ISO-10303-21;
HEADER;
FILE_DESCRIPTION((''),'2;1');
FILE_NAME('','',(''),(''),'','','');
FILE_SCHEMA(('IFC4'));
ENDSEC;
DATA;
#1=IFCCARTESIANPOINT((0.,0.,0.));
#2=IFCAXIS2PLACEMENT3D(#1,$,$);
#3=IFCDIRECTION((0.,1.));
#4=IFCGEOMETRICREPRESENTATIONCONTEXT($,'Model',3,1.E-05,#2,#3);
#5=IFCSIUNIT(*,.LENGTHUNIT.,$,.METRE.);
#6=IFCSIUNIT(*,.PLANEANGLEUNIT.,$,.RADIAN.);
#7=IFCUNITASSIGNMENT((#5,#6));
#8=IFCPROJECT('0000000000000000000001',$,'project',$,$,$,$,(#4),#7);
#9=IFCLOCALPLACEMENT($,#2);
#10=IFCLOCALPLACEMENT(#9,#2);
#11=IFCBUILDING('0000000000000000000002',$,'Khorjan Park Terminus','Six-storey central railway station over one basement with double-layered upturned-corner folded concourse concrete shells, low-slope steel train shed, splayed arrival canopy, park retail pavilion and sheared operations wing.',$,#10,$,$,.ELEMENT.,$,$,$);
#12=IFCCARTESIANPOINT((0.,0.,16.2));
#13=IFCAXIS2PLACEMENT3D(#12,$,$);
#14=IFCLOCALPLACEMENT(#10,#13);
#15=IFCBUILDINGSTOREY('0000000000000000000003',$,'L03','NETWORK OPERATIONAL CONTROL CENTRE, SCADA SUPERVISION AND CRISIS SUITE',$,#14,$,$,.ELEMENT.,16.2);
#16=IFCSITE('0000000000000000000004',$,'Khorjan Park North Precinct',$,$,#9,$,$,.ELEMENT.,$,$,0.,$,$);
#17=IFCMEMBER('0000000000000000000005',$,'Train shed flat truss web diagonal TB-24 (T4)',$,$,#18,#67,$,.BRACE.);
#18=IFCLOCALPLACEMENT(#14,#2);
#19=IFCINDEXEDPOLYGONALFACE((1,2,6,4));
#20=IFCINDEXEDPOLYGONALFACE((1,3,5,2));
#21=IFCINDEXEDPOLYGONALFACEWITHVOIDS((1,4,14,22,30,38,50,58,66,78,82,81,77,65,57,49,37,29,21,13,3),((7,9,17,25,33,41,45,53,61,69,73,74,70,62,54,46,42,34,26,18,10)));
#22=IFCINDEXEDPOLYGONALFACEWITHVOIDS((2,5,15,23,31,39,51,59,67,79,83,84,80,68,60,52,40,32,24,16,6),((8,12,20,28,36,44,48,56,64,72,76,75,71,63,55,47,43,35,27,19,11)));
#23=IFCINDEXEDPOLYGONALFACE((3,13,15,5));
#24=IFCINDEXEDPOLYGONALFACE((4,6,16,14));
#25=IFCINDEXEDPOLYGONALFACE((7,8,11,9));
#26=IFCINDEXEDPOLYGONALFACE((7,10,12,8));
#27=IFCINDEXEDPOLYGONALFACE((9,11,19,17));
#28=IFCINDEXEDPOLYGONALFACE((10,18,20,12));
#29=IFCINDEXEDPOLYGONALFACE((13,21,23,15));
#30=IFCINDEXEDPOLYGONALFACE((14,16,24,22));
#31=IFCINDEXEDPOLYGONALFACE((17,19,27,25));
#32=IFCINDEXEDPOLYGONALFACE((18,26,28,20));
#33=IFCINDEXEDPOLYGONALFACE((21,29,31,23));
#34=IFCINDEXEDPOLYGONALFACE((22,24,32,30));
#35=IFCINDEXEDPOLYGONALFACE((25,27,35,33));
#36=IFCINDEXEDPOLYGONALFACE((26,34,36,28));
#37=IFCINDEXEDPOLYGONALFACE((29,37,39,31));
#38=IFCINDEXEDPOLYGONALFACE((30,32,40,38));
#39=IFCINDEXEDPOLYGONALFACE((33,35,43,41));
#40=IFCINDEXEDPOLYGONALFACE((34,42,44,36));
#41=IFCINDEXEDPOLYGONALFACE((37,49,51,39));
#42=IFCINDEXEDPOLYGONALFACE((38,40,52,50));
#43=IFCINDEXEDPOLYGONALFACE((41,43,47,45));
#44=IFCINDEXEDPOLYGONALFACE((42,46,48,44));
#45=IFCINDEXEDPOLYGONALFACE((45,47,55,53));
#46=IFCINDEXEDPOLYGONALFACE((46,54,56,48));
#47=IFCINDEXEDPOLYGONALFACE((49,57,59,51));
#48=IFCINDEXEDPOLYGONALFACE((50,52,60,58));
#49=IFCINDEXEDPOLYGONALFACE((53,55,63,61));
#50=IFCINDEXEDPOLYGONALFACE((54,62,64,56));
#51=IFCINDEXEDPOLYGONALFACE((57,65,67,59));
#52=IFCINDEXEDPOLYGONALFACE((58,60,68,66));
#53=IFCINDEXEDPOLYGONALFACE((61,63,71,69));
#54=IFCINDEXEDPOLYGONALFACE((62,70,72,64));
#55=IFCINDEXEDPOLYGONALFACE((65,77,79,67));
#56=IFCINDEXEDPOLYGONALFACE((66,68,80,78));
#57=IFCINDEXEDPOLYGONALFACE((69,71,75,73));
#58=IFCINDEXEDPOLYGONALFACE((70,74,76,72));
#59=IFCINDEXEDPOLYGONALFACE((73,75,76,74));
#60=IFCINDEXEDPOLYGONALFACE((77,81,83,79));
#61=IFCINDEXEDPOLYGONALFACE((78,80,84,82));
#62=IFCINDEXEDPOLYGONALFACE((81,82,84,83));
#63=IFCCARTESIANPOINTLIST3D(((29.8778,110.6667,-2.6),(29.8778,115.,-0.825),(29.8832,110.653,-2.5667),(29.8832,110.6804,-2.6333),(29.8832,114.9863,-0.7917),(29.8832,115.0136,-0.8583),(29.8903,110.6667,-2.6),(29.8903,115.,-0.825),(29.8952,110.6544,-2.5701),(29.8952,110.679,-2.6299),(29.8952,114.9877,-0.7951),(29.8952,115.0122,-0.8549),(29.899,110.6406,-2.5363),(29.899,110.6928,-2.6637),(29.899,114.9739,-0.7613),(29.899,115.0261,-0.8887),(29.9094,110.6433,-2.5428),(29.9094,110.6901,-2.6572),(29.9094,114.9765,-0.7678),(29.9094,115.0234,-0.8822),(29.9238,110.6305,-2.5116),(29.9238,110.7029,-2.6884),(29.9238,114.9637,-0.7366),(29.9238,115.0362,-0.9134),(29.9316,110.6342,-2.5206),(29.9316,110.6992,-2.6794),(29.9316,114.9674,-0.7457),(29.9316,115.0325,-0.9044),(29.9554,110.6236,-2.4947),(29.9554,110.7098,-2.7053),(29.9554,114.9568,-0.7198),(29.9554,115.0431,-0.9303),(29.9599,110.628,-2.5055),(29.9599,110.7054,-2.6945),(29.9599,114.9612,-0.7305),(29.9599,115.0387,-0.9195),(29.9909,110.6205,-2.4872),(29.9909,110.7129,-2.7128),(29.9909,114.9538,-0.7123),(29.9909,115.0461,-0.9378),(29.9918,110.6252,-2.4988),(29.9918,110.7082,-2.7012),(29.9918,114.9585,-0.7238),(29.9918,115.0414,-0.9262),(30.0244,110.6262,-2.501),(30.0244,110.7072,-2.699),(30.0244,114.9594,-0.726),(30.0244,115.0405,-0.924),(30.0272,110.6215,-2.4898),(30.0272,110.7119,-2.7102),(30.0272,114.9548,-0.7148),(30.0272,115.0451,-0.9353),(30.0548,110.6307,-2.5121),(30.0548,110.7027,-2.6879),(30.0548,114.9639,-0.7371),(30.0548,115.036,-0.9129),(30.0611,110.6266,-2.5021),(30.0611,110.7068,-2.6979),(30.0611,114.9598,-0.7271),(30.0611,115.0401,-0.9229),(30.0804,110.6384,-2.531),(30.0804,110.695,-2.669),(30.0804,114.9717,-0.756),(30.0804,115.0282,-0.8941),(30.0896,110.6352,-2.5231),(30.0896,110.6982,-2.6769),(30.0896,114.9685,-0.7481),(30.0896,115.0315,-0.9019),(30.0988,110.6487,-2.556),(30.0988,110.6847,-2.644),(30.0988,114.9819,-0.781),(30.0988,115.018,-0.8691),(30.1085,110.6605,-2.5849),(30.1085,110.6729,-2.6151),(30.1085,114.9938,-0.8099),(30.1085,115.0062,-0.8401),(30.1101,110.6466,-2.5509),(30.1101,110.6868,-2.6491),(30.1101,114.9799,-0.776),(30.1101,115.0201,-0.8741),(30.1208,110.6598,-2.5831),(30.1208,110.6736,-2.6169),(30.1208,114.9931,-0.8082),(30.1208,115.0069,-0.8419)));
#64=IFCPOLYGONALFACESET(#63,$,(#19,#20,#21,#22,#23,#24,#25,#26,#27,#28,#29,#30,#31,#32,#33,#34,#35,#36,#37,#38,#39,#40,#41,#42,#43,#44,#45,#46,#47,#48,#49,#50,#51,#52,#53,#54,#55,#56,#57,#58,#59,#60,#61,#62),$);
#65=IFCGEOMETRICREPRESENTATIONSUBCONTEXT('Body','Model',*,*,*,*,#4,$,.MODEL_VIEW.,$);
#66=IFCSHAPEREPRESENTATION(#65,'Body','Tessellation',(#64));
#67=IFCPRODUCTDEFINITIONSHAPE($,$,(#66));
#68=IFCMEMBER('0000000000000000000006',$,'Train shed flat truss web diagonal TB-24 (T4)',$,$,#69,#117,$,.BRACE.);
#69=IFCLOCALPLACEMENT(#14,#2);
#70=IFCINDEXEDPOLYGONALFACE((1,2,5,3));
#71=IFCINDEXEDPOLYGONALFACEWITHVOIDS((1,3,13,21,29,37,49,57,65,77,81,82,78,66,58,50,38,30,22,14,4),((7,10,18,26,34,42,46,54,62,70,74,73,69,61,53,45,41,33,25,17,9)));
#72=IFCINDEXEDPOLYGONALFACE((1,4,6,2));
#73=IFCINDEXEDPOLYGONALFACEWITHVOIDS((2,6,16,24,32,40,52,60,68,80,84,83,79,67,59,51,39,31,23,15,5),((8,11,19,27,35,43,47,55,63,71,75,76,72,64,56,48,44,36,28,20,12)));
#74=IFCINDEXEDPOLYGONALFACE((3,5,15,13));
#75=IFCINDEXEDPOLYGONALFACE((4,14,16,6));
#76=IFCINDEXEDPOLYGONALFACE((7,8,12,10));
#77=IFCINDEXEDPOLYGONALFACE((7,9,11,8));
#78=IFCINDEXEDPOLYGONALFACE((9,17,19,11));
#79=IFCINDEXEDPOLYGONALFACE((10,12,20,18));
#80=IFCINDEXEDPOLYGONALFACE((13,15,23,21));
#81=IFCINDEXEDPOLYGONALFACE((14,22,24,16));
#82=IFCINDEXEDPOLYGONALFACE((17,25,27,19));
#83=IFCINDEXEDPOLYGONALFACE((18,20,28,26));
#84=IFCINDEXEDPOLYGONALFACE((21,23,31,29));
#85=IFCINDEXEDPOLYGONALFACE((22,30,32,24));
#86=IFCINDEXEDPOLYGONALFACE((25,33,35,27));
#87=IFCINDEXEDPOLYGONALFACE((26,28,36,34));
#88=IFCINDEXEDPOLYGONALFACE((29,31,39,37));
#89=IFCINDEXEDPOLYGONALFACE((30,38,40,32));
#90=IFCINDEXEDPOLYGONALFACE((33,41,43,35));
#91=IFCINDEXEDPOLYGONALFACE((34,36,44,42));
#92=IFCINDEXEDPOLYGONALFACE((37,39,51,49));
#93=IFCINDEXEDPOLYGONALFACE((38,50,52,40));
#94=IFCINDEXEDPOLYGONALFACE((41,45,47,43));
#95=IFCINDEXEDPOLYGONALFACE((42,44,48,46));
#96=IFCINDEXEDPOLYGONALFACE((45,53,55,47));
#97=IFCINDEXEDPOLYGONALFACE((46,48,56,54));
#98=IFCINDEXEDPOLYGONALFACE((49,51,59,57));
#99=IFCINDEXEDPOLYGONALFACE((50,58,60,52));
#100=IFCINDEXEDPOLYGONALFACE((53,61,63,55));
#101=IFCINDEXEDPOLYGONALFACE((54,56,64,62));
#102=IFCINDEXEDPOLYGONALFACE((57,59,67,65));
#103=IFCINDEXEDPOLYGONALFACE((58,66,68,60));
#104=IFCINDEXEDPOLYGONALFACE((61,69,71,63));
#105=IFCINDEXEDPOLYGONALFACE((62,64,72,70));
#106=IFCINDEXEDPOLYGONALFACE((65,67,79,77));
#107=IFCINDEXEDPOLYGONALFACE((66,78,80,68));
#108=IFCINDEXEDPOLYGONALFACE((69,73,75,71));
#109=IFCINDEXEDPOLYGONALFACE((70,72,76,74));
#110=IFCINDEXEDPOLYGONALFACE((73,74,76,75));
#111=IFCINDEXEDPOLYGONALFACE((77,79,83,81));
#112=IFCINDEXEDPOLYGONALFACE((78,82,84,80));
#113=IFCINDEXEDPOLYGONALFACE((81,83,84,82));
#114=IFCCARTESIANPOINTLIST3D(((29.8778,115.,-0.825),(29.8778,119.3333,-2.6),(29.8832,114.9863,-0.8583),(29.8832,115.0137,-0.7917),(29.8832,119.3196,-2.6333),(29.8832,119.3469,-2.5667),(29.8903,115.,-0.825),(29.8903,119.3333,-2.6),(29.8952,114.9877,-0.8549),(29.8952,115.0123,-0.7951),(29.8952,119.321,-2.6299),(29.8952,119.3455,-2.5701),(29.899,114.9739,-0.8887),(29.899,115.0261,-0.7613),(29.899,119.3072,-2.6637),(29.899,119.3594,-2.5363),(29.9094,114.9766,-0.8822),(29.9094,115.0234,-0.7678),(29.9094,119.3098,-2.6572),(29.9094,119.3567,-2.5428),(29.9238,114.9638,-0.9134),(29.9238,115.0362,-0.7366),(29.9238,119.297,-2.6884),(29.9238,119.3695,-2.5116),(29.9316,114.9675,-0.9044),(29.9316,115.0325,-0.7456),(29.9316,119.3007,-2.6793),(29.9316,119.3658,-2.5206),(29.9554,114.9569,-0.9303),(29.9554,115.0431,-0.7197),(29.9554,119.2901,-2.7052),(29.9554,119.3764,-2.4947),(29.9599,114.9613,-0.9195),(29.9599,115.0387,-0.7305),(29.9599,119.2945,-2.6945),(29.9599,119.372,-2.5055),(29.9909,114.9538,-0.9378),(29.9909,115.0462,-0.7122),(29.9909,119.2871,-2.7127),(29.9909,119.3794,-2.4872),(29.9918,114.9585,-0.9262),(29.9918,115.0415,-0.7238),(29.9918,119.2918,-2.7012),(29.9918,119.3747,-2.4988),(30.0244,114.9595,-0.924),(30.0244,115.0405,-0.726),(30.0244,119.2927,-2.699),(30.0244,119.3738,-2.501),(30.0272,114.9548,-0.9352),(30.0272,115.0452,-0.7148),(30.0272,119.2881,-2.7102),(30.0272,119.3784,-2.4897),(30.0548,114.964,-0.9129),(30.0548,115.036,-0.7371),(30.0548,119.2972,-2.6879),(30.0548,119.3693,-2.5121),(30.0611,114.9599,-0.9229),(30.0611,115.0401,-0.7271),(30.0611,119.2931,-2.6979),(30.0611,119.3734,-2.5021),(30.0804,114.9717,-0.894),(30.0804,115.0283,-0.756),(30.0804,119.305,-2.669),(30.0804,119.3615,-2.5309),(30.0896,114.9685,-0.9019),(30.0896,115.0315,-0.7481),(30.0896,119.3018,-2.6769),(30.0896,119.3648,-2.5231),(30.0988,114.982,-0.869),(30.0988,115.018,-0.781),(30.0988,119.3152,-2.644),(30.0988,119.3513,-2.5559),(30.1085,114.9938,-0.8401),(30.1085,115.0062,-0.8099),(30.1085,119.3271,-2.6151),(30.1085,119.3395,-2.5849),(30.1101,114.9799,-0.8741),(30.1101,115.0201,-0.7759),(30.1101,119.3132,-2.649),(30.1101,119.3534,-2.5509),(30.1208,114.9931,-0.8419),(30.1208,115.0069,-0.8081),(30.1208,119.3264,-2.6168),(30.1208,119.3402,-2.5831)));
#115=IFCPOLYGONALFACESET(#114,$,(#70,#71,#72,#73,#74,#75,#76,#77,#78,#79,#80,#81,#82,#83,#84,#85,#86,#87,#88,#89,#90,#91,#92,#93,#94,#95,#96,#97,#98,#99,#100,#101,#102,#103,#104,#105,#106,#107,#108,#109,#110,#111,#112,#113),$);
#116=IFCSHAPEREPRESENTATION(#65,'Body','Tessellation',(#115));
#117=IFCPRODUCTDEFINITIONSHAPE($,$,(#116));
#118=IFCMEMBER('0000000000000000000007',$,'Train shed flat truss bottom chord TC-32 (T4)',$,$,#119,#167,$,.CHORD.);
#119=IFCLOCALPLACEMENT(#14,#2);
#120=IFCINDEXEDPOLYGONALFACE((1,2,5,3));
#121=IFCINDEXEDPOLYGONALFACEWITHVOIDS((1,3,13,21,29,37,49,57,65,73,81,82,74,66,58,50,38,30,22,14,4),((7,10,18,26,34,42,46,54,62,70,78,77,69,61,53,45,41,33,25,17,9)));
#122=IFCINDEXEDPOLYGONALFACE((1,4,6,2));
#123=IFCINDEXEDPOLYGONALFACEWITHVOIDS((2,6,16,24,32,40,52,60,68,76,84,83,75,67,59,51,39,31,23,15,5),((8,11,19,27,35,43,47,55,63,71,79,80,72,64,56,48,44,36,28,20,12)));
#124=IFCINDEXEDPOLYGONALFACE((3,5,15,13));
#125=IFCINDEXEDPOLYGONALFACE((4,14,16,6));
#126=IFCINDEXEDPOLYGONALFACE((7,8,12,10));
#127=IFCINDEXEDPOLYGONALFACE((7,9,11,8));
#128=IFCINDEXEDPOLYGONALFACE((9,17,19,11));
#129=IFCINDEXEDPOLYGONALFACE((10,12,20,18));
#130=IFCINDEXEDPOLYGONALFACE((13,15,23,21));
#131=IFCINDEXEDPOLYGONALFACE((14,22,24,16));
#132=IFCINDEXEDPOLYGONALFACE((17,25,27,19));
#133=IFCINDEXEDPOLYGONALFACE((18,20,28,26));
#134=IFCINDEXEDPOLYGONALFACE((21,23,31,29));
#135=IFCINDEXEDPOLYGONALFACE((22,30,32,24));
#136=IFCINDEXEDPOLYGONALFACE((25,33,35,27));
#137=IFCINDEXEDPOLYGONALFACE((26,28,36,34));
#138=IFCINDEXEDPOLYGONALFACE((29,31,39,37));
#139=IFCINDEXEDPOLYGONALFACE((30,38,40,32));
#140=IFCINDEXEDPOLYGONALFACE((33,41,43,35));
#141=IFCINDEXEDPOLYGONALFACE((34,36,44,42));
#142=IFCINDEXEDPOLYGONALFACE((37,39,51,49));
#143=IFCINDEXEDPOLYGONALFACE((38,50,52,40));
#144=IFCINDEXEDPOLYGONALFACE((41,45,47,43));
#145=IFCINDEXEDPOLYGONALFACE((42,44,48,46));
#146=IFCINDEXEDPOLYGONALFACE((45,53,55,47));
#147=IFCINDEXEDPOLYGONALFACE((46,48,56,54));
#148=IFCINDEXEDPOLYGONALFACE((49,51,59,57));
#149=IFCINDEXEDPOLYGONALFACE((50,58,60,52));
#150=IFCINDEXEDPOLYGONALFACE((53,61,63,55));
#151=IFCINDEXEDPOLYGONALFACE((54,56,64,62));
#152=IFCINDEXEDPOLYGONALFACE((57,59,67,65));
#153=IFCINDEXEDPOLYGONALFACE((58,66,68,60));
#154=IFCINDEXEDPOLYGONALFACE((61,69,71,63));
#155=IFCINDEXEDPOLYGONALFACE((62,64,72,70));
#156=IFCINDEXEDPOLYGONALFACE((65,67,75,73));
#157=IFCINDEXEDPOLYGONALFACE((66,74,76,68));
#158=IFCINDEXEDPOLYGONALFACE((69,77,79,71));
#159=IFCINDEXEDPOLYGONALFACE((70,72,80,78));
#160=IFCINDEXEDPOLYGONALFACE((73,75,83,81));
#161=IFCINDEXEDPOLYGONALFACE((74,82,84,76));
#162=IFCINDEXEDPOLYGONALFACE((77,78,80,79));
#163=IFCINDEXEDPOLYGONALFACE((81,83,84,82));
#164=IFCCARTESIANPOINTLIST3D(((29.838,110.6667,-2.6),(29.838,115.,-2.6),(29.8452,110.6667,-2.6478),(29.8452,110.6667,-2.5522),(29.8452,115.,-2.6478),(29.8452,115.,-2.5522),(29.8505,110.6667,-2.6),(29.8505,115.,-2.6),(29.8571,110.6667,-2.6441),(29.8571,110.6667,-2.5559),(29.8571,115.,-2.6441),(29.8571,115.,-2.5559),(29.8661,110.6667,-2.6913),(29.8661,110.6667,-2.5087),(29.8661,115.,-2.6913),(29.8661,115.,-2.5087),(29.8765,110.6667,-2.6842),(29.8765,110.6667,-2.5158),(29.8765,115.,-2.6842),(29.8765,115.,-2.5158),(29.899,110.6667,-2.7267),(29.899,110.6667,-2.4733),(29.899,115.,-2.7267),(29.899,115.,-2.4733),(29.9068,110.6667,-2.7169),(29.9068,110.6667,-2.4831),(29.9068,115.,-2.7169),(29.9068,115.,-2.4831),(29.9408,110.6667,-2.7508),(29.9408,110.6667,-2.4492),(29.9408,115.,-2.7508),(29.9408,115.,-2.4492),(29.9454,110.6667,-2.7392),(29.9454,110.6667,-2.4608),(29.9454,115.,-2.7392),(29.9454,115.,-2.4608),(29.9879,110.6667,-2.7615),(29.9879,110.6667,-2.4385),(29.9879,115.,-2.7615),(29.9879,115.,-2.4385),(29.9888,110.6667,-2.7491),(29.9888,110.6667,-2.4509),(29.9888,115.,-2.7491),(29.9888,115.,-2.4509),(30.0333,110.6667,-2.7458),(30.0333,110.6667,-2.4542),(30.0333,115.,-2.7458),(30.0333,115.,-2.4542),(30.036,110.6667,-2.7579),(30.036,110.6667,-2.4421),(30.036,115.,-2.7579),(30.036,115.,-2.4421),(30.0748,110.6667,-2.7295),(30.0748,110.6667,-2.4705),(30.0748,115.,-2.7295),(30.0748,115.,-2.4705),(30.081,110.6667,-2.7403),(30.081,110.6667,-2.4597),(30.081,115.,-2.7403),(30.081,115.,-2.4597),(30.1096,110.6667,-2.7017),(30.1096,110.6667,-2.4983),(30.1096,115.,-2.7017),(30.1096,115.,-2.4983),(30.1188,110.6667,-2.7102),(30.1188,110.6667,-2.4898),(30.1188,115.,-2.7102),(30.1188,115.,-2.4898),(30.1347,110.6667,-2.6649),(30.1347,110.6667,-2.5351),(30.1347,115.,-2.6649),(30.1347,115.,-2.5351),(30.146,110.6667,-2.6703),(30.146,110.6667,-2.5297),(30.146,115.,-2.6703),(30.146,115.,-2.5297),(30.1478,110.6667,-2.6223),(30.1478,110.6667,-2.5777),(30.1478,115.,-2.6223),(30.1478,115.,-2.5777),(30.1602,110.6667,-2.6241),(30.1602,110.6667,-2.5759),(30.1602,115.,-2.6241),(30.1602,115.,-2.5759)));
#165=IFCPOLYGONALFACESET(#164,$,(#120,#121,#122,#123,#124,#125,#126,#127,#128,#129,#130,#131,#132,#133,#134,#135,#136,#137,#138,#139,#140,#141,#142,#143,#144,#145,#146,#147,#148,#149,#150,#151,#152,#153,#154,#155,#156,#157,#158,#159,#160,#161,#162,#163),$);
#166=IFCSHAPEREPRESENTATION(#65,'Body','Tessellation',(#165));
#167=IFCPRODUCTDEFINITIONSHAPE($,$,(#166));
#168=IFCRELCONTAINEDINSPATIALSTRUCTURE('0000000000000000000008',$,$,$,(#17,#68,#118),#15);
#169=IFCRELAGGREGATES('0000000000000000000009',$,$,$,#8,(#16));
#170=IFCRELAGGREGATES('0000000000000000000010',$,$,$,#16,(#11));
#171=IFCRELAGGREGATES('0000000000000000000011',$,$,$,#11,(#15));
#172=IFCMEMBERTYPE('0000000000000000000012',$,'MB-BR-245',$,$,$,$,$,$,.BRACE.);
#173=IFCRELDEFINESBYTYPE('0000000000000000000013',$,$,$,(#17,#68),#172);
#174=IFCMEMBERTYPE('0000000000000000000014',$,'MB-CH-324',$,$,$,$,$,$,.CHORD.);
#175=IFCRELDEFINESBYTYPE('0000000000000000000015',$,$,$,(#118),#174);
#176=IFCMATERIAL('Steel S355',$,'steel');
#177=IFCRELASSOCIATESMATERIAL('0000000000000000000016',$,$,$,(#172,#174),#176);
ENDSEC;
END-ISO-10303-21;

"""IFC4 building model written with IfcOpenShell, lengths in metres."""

from ifc_helpers import new_model, si_unit, direction, frame, origin, origin_2d, place, context, subcontext, project, spatial, hollow_circle, extrude, material, material_profile, profile_set, type_object, element, save


model = new_model("IFC4")

# Units and contexts
model_context = context("Model", 3, precision=1e-05, world=origin(), true_north=direction((0.0, 1.0)))
body_context = subcontext(model_context, "Body", "Model", "MODEL_VIEW")
ifc_project = project(units=[si_unit("LENGTHUNIT", "METRE"), si_unit("PLANEANGLEUNIT", "RADIAN")], contexts=[model_context])

# Site, building, storey
site_placement = place(None, origin())
site = spatial("IfcSite", under=ifc_project, at=site_placement, Name="Khorjan Park North Precinct", CompositionType="ELEMENT", RefElevation=0.0)
building_placement = place(site_placement, origin())
building = spatial("IfcBuilding", under=site, at=building_placement, Name="Khorjan Park Terminus", Description="Six-storey central railway station over one basement with double-layered upturned-corner folded concourse concrete shells, low-slope steel train shed, splayed arrival canopy, park retail pavilion and sheared operations wing.", CompositionType="ELEMENT")
storey_placement = place(building_placement, frame((0.0, 0.0, 16.2)))
storey = spatial("IfcBuildingStorey", under=building, at=storey_placement, Name="L03", Description="NETWORK OPERATIONAL CONTROL CENTRE, SCADA SUPERVISION AND CRISIS SUITE", CompositionType="ELEMENT", Elevation=16.2)

# Members
ifc_material = material(Name="Steel S355", Category="steel")
ifc_material_profile_1 = material_profile(ifc_material, hollow_circle(Radius=0.1222, WallThickness=0.0125, at=origin_2d()), Name="CHS 244.5x12.5")
ifc_profile_set_1 = profile_set([ifc_material_profile_1], Name="Steel S355")
member_type_1 = type_object("IfcMemberType", Name="MB-BR-245", PredefinedType="BRACE", material=ifc_profile_set_1)
for number, where, z_axis, x_axis, name in (
    (1, (30.0, 110.6667, -2.6), (0.0, 0.925376, 0.379051), (-1.0, 0.0, 0.0), "Train shed flat truss web diagonal TB-24 (T4)"),
    (2, (30.0, 115.0, -0.825), (0.0, 0.925376, -0.379051), (-1.0, 0.0, 0.0), "Train shed flat truss web diagonal TB-24 (T4)"),
):
    element("IfcMember", number, at=place(storey_placement, frame(where, z_axis=z_axis, x_axis=x_axis)), inside=storey, type_object=member_type_1, Name=name, PredefinedType="BRACE", context=body_context, shape_type="SweptSolid", body=[
        extrude(hollow_circle(Radius=0.1222, WallThickness=0.0125, at=origin_2d()), origin(), (0.0, 0.0, 1.0), 4.6827),
    ])
ifc_material_profile_2 = material_profile(ifc_material, hollow_circle(Radius=0.162, WallThickness=0.0125, at=origin_2d()), Name="CHS 323.9x12.5")
ifc_profile_set_2 = profile_set([ifc_material_profile_2], Name="Steel S355")
member_type_2 = type_object("IfcMemberType", Name="MB-CH-324", PredefinedType="CHORD", material=ifc_profile_set_2)
for number, where, z_axis, x_axis, name in (
    (3, (30.0, 110.6667, -2.6), (0.0, 1.0, 0.0), (-1.0, 0.0, 0.0), "Train shed flat truss bottom chord TC-32 (T4)"),
):
    element("IfcMember", number, at=place(storey_placement, frame(where, z_axis=z_axis, x_axis=x_axis)), inside=storey, type_object=member_type_2, Name=name, PredefinedType="CHORD", context=body_context, shape_type="SweptSolid", body=[
        extrude(hollow_circle(Radius=0.162, WallThickness=0.0125, at=origin_2d()), origin(), (0.0, 0.0, 1.0), 4.3333),
    ])

save(model, "model.ifc")
